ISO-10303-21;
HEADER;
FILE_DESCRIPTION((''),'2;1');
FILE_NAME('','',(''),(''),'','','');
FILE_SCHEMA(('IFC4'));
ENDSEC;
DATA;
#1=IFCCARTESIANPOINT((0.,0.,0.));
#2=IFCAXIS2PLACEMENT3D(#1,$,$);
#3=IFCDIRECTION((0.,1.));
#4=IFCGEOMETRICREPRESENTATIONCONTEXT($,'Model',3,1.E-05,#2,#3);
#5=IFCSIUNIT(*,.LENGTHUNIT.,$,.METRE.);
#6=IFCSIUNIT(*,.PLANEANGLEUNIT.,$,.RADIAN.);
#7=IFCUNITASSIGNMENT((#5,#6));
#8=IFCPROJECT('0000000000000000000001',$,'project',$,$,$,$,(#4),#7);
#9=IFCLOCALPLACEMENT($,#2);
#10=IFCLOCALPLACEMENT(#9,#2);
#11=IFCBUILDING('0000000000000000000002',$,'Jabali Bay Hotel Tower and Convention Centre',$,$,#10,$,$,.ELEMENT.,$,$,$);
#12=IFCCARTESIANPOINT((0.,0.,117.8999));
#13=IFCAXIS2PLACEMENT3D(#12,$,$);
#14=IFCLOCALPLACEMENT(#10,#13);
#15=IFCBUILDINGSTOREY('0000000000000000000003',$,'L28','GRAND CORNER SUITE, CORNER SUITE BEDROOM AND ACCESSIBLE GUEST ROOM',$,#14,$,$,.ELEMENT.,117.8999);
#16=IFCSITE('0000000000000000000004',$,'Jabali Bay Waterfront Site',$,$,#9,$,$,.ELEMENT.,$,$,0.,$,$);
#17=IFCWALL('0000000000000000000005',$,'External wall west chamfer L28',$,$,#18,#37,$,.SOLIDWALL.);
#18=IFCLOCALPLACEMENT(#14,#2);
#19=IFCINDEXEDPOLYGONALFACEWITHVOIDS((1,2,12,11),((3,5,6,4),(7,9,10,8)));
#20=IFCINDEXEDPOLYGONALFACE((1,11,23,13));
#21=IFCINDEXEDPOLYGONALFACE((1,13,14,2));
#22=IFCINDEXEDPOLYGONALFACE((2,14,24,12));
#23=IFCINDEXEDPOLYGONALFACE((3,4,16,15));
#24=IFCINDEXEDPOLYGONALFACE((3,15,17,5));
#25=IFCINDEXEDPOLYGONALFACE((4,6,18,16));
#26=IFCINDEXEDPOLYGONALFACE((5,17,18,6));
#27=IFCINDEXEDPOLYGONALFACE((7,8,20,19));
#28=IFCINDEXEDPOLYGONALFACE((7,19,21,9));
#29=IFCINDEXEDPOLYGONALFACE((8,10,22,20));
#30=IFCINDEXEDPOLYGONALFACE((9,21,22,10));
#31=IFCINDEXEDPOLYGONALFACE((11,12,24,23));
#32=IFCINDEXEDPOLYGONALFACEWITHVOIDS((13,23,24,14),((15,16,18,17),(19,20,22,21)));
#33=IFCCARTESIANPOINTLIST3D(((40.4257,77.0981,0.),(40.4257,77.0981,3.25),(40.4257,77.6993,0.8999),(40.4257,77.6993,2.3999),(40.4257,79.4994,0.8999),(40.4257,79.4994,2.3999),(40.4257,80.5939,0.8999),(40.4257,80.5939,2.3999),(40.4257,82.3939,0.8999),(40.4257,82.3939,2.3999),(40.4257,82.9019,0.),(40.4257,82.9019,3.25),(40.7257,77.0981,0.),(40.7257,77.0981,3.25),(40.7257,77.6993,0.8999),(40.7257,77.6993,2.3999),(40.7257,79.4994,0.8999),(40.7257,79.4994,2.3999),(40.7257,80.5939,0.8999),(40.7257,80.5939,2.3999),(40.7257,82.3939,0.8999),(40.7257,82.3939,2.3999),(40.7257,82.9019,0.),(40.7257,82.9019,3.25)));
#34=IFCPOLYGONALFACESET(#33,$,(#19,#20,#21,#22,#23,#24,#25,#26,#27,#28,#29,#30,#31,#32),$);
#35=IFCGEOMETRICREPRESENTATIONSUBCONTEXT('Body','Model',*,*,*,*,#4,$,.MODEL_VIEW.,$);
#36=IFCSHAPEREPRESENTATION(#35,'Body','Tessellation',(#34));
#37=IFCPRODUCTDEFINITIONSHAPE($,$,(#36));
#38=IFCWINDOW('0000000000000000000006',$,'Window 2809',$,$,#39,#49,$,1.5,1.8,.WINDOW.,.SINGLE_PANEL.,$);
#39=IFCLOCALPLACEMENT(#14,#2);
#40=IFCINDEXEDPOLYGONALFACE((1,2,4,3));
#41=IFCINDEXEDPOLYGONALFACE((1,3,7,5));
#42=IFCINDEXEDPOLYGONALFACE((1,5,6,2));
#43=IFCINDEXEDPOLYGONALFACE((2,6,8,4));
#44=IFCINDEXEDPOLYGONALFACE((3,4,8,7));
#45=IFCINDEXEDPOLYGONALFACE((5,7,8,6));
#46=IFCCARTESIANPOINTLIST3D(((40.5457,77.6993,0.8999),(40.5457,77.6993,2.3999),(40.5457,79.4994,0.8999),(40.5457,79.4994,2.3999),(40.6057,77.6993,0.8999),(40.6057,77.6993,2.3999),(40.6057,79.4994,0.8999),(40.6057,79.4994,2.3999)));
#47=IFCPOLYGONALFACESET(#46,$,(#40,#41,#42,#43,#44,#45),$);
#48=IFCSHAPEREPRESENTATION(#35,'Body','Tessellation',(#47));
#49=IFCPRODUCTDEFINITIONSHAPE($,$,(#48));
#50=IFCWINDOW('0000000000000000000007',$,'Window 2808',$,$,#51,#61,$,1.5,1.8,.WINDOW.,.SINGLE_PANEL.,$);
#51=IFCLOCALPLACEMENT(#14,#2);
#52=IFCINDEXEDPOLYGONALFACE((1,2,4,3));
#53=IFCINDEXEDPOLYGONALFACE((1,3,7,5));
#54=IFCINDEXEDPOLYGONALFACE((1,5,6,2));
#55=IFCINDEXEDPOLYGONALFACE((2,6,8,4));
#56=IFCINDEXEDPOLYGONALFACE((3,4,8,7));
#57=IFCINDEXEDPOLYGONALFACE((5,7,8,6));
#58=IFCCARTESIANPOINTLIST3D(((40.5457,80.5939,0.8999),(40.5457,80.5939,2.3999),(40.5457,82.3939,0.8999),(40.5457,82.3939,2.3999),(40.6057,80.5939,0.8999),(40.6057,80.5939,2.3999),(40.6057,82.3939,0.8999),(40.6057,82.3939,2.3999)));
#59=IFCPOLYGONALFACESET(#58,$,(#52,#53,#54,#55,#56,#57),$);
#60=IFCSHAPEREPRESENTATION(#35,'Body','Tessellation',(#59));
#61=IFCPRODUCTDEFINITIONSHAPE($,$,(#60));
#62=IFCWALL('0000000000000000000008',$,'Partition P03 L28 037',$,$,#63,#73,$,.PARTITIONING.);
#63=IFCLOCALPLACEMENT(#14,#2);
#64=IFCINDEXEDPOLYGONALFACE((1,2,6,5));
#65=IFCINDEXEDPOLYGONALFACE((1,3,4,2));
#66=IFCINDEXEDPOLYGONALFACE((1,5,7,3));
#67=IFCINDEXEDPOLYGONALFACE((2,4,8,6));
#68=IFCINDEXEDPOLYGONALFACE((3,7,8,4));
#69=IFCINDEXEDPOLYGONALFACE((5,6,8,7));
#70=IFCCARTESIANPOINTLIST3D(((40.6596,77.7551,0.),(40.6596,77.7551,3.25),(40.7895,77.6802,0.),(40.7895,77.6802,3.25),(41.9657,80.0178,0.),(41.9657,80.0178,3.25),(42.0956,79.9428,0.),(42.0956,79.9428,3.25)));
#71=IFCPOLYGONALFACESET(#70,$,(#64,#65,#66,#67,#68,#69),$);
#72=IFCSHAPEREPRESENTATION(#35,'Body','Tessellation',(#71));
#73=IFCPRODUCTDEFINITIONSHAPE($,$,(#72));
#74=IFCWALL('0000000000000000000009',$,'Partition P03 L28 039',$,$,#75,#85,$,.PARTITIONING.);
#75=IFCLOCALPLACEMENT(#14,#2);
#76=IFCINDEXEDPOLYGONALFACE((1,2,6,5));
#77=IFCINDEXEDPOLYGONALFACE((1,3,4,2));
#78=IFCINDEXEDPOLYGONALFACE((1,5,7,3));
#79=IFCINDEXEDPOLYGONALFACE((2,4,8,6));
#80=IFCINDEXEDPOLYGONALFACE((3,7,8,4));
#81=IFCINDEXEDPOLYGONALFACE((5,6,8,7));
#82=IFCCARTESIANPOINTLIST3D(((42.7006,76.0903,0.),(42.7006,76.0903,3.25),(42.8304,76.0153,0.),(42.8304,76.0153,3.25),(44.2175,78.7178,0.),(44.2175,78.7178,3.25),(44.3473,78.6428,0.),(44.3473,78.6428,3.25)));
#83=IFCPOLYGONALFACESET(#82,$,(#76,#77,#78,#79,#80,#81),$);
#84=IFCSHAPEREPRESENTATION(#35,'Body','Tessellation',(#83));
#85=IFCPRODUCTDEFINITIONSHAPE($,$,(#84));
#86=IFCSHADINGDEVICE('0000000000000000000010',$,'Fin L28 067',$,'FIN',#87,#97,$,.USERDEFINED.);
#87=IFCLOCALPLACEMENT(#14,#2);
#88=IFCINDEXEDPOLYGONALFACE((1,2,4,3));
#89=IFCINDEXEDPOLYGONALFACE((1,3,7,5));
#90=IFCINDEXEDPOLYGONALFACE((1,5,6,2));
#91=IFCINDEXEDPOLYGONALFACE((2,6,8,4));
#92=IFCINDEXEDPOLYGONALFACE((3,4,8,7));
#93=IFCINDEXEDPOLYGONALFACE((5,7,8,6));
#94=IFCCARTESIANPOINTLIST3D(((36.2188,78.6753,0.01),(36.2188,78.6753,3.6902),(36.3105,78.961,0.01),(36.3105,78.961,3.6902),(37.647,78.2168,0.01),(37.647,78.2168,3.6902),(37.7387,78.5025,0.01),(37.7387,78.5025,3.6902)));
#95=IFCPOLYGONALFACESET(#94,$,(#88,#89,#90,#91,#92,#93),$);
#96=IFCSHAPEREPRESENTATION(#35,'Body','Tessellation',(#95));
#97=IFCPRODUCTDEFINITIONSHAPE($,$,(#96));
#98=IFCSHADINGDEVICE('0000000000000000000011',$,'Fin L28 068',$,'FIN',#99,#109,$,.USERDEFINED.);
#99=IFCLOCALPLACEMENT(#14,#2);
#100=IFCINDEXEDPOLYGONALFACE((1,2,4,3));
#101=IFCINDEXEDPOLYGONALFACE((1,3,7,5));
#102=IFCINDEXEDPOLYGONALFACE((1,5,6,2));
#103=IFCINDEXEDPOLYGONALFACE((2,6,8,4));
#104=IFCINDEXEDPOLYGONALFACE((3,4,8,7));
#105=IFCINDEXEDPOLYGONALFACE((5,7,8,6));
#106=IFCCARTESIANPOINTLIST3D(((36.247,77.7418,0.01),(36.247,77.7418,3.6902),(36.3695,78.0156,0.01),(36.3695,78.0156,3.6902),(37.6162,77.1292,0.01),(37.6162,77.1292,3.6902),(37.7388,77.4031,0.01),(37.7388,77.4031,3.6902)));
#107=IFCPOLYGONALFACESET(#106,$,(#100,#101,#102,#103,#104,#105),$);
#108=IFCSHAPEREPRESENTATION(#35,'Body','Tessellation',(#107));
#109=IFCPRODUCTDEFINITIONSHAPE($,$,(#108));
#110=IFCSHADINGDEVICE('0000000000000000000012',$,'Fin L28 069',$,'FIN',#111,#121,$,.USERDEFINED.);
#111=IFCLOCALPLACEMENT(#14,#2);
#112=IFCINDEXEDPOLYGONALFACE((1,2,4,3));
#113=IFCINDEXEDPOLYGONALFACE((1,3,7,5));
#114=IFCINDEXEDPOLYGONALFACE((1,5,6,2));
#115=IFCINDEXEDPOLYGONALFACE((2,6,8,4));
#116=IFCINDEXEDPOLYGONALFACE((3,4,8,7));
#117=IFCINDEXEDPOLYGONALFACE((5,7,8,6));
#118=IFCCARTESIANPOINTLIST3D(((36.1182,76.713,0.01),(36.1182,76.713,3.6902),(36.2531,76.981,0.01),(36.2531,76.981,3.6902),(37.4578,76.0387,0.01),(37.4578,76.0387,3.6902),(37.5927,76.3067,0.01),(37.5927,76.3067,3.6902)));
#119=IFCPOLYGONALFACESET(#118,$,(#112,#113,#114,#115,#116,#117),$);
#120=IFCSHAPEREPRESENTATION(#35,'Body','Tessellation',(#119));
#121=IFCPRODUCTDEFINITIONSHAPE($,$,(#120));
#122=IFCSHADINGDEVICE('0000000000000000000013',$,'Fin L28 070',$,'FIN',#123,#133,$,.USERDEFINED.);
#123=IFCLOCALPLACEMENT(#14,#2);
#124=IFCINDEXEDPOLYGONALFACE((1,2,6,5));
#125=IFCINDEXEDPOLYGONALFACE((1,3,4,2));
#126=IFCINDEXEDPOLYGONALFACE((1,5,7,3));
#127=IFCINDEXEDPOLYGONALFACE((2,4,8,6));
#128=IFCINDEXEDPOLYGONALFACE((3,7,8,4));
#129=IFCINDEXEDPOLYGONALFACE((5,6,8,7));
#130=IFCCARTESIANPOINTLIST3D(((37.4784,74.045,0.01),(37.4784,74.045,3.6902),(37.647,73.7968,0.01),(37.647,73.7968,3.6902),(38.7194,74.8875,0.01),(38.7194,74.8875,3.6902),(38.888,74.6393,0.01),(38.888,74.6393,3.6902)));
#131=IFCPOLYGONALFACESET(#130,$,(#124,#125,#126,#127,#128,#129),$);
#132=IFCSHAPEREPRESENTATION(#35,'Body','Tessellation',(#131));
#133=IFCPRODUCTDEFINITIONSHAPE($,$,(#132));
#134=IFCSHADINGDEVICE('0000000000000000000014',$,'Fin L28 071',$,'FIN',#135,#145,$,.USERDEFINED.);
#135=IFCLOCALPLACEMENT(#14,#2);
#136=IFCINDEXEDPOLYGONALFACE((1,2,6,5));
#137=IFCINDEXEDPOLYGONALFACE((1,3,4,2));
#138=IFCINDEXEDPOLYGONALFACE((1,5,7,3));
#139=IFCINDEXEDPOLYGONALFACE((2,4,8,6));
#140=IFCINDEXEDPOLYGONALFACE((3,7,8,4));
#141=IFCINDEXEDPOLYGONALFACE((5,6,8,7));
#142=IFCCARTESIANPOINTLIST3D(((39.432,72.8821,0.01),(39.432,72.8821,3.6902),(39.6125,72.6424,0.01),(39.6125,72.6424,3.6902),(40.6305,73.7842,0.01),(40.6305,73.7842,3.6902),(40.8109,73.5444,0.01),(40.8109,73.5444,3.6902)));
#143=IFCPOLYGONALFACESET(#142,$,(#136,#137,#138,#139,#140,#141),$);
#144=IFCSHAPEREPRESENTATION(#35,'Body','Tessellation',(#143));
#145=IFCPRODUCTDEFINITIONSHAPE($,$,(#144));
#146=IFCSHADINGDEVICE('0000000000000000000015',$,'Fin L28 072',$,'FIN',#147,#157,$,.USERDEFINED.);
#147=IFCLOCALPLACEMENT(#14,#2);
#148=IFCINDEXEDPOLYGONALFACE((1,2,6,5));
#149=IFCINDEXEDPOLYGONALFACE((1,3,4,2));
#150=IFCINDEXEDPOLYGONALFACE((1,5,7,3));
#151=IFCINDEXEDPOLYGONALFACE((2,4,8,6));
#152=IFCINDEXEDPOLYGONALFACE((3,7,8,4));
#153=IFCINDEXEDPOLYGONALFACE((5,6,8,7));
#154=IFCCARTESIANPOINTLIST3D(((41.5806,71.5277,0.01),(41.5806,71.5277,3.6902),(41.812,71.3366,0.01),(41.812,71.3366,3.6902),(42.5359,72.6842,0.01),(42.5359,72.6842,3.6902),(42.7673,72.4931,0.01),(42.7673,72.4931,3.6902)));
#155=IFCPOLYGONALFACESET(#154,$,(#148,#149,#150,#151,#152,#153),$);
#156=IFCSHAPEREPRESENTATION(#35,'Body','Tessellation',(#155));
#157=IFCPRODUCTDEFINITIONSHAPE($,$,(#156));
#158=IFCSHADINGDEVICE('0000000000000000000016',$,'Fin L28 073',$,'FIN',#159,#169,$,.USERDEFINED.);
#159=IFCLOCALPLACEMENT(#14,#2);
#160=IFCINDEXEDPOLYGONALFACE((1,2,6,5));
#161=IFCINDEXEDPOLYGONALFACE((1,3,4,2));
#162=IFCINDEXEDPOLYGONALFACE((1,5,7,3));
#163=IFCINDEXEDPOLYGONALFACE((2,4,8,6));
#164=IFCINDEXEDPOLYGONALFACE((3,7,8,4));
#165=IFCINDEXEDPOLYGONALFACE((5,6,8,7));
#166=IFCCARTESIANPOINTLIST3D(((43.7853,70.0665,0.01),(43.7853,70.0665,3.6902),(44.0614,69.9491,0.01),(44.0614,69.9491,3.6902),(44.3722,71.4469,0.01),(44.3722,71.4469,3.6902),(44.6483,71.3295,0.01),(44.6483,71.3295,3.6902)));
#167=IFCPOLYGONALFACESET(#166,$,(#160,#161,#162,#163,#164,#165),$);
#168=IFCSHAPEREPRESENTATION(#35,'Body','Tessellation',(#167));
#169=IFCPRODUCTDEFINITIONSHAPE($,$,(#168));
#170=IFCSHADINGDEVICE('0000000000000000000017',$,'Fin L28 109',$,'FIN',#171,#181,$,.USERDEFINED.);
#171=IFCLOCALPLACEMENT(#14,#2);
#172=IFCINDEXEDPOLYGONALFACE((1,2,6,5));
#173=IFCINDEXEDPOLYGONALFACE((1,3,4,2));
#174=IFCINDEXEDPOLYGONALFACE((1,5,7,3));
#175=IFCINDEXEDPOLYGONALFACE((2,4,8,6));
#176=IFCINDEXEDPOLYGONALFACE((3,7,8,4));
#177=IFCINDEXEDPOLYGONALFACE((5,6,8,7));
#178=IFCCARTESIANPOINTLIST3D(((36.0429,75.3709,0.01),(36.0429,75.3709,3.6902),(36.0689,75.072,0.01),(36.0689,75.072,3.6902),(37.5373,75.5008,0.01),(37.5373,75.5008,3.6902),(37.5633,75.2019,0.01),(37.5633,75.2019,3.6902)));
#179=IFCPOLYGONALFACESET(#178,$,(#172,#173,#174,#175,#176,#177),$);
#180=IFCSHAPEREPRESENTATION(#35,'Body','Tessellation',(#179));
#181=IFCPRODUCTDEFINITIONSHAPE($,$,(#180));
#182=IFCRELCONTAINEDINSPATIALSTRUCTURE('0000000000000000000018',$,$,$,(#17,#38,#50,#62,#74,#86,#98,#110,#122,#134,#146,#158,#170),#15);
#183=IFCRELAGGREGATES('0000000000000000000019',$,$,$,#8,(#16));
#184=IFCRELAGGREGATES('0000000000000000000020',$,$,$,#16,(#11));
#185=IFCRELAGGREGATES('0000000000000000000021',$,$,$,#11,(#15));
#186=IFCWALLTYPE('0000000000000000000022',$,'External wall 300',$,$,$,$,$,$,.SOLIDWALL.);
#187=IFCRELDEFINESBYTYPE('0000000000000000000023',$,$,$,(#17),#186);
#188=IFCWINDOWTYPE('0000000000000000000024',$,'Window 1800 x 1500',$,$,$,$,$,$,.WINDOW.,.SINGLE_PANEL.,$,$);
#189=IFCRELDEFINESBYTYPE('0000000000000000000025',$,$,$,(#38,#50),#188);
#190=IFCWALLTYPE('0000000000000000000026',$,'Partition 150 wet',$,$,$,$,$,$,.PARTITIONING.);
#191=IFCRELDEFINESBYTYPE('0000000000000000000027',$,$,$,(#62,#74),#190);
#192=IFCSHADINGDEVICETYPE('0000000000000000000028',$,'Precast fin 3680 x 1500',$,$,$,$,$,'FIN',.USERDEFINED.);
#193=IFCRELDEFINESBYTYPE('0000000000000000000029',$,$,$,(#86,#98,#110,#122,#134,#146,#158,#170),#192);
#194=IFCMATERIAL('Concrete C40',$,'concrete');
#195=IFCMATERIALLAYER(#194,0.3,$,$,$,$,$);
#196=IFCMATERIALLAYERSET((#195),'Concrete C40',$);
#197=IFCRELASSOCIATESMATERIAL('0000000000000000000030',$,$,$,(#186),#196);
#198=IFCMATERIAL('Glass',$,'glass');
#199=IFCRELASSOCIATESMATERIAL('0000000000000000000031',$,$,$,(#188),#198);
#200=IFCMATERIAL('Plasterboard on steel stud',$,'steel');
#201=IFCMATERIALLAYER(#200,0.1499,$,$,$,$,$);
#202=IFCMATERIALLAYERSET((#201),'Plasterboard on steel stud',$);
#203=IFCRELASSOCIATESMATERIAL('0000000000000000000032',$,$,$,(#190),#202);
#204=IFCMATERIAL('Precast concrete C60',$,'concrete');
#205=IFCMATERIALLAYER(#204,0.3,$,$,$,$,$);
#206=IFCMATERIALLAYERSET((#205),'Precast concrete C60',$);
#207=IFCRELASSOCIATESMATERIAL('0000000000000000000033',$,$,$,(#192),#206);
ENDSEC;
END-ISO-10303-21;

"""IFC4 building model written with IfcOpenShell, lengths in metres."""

from ifc_helpers import new_model, si_unit, direction, frame, frame_2d, origin, place, context, subcontext, project, spatial, rectangle, extrude, material, layer, layer_set, type_object, element, fill, save


model = new_model("IFC4")

# Units and contexts
model_context = context("Model", 3, precision=1e-05, world=origin(), true_north=direction((0.0, 1.0)))
body_context = subcontext(model_context, "Body", "Model", "MODEL_VIEW")
ifc_project = project(units=[si_unit("LENGTHUNIT", "METRE"), si_unit("PLANEANGLEUNIT", "RADIAN")], contexts=[model_context])

# Site, building, storey
site_placement = place(None, origin())
site = spatial("IfcSite", under=ifc_project, at=site_placement, Name="Jabali Bay Waterfront Site", CompositionType="ELEMENT", RefElevation=0.0)
building_placement = place(site_placement, origin())
building = spatial("IfcBuilding", under=site, at=building_placement, Name="Jabali Bay Hotel Tower and Convention Centre", CompositionType="ELEMENT")
storey_placement = place(building_placement, frame((0.0, 0.0, 117.8999)))
storey = spatial("IfcBuildingStorey", under=building, at=storey_placement, Name="L28", Description="GRAND CORNER SUITE, CORNER SUITE BEDROOM AND ACCESSIBLE GUEST ROOM", CompositionType="ELEMENT", Elevation=117.8999)

# Shared definitions
ifc_material_1 = material(Name="Concrete C40", Category="concrete")

# Wall, openings, windows
ifc_layer_1 = layer(ifc_material_1, 0.3)
ifc_layer_set_1 = layer_set([ifc_layer_1], Name="Concrete C40")
wall_type_1 = type_object("IfcWallType", Name="External wall 300", PredefinedType="SOLIDWALL", material=ifc_layer_set_1)
wall_1_placement = place(storey_placement, frame((40.5757, 77.0981, 0.0), z_axis=(0.0, 0.0, 1.0), x_axis=(0.0, 1.0, 0.0)))
wall_1 = element("IfcWall", 1, at=wall_1_placement, inside=storey, type_object=wall_type_1, Name="External wall west chamfer L28", PredefinedType="SOLIDWALL", context=body_context, shape_type="SweptSolid", body=[
    extrude(rectangle(XDim=5.8037, YDim=0.3, at=frame_2d((2.9019, 0.0))), origin(), (0.0, 0.0, 1.0), 3.25),
])
opening_1_placement = place(wall_1_placement, frame((0.6013, 0.0, 0.8999)))
opening_1 = element("IfcOpeningElement", 2, at=opening_1_placement, cuts=wall_1, PredefinedType="OPENING", context=body_context, shape_type="SweptSolid", body=[
    extrude(rectangle(XDim=1.8, YDim=1.5, at=frame_2d((0.8999, 0.75))), frame((0.0, 0.1606, 0.0), z_axis=(0.0, -1.0, 0.0), x_axis=(1.0, 0.0, 0.0)), (0.0, 0.0, 1.0), 0.321),
])
opening_2_placement = place(wall_1_placement, frame((3.4958, 0.0, 0.8999)))
opening_2 = element("IfcOpeningElement", 3, at=opening_2_placement, cuts=wall_1, PredefinedType="OPENING", context=body_context, shape_type="SweptSolid", body=[
    extrude(rectangle(XDim=1.8, YDim=1.5, at=frame_2d((0.8999, 0.75))), frame((0.0, 0.1606, 0.0), z_axis=(0.0, -1.0, 0.0), x_axis=(1.0, 0.0, 0.0)), (0.0, 0.0, 1.0), 0.321),
])
ifc_material_2 = material(Name="Glass", Category="glass")
window_type = type_object("IfcWindowType", Name="Window 1800 x 1500", PartitioningType="SINGLE_PANEL", PredefinedType="WINDOW", material=ifc_material_2)
window_1_placement = place(opening_1_placement, origin())
window_1 = element("IfcWindow", 4, at=window_1_placement, inside=storey, type_object=window_type, Name="Window 2809", OverallHeight=1.5, OverallWidth=1.8, PartitioningType="SINGLE_PANEL", PredefinedType="WINDOW", context=body_context, shape_type="SweptSolid", body=[
    extrude(rectangle(XDim=1.8, YDim=1.5, at=frame_2d((0.8999, 0.75))), frame((0.0, 0.03, 0.0), z_axis=(0.0, -1.0, 0.0), x_axis=(1.0, 0.0, 0.0)), (0.0, 0.0, 1.0), 0.0601),
])
fill(opening_1, window_1)
window_2_placement = place(opening_2_placement, origin())
window_2 = element("IfcWindow", 5, at=window_2_placement, inside=storey, type_object=window_type, Name="Window 2808", OverallHeight=1.5, OverallWidth=1.8, PartitioningType="SINGLE_PANEL", PredefinedType="WINDOW", context=body_context, shape_type="SweptSolid", body=[
    extrude(rectangle(XDim=1.8, YDim=1.5, at=frame_2d((0.8999, 0.75))), frame((0.0, 0.03, 0.0), z_axis=(0.0, -1.0, 0.0), x_axis=(1.0, 0.0, 0.0)), (0.0, 0.0, 1.0), 0.0601),
])
fill(opening_2, window_2)

# Walls
ifc_material_3 = material(Name="Plasterboard on steel stud", Category="steel")
ifc_layer_2 = layer(ifc_material_3, 0.1499)
ifc_layer_set_2 = layer_set([ifc_layer_2], Name="Plasterboard on steel stud")
wall_type_2 = type_object("IfcWallType", Name="Partition 150 wet", PredefinedType="PARTITIONING", material=ifc_layer_set_2)
wall_2_placement = place(storey_placement, frame((40.7246, 77.7178, 0.0), z_axis=(0.0, 0.0, 1.0), x_axis=(0.499938, 0.866061, 0.0)))
element("IfcWall", 6, at=wall_2_placement, inside=storey, type_object=wall_type_2, Name="Partition P03 L28 037", PredefinedType="PARTITIONING", context=body_context, shape_type="SweptSolid", body=[
    extrude(rectangle(XDim=2.6125, YDim=0.1499, at=frame_2d((1.3062, 0.0))), origin(), (0.0, 0.0, 1.0), 3.25),
])
wall_3_placement = place(storey_placement, frame((44.2825, 78.6804, 0.0), z_axis=(0.0, 0.0, 1.0), x_axis=(-0.499973, -0.866041, 0.0)))
element("IfcWall", 7, at=wall_3_placement, inside=storey, type_object=wall_type_2, Name="Partition P03 L28 039", PredefinedType="PARTITIONING", context=body_context, shape_type="SweptSolid", body=[
    extrude(rectangle(XDim=3.0339, YDim=0.1499, at=frame_2d((1.5171, 0.0))), origin(), (0.0, 0.0, 1.0), 3.25),
])

# Shading devices
ifc_material_4 = material(Name="Precast concrete C60", Category="concrete")
ifc_layer_3 = layer(ifc_material_4, 0.3)
ifc_layer_set_3 = layer_set([ifc_layer_3], Name="Precast concrete C60")
shading_device_type = type_object("IfcShadingDeviceType", Name="Precast fin 3680 x 1500", ElementType="FIN", PredefinedType="USERDEFINED", material=ifc_layer_set_3)
for number, where, z_axis, x_axis, name in (
    (8, (37.6929, 78.3596, 0.01), (0.0, 0.0, 1.0), (-0.95214, 0.305661, 0.0), "Fin L28 067"),
    (9, (37.6775, 77.2661, 0.01), (0.0, 0.0, 1.0), (-0.912809, 0.408387, 0.0), "Fin L28 068"),
):
    element("IfcShadingDevice", number, at=place(storey_placement, frame(where, z_axis=z_axis, x_axis=x_axis)), inside=storey, type_object=shading_device_type, Name=name, ObjectType="FIN", PredefinedType="USERDEFINED", context=body_context, shape_type="SweptSolid", body=[
        extrude(rectangle(XDim=1.5, YDim=0.3, at=frame_2d((0.75, 0.0))), origin(), (0.0, 0.0, 1.0), 3.6802),
    ])
shading_device_placement = place(storey_placement, frame((37.5254, 76.1726, 0.01), z_axis=(0.0, 0.0, 1.0), x_axis=(-0.893219, 0.449621, 0.0)))
element("IfcShadingDevice", 10, at=shading_device_placement, inside=storey, type_object=shading_device_type, Name="Fin L28 069", ObjectType="FIN", PredefinedType="USERDEFINED", context=body_context, shape_type="SweptSolid", body=[
    extrude(rectangle(XDim=1.4998, YDim=0.3, at=frame_2d((0.75, 0.0))), origin(), (0.0, 0.0, 1.0), 3.6802),
])
for number, where, z_axis, x_axis, name in (
    (11, (38.8037, 74.7634, 0.01), (0.0, 0.0, 1.0), (-0.827338, -0.561704, 0.0), "Fin L28 070"),
    (12, (40.7207, 73.6643, 0.01), (0.0, 0.0, 1.0), (-0.798964, -0.601379, 0.0), "Fin L28 071"),
    (13, (42.6516, 72.5886, 0.01), (0.0, 0.0, 1.0), (-0.636865, -0.770976, 0.0), "Fin L28 072"),
    (14, (44.5103, 71.3882, 0.01), (0.0, 0.0, 1.0), (-0.391285, -0.920269, 0.0), "Fin L28 073"),
    (15, (37.5503, 75.3513, 0.01), (0.0, 0.0, 1.0), (-0.996244, -0.086587, 0.0), "Fin L28 109"),
):
    element("IfcShadingDevice", number, at=place(storey_placement, frame(where, z_axis=z_axis, x_axis=x_axis)), inside=storey, type_object=shading_device_type, Name=name, ObjectType="FIN", PredefinedType="USERDEFINED", context=body_context, shape_type="SweptSolid", body=[
        extrude(rectangle(XDim=1.5, YDim=0.3, at=frame_2d((0.75, 0.0))), origin(), (0.0, 0.0, 1.0), 3.6802),
    ])

save(model, "model.ifc")
